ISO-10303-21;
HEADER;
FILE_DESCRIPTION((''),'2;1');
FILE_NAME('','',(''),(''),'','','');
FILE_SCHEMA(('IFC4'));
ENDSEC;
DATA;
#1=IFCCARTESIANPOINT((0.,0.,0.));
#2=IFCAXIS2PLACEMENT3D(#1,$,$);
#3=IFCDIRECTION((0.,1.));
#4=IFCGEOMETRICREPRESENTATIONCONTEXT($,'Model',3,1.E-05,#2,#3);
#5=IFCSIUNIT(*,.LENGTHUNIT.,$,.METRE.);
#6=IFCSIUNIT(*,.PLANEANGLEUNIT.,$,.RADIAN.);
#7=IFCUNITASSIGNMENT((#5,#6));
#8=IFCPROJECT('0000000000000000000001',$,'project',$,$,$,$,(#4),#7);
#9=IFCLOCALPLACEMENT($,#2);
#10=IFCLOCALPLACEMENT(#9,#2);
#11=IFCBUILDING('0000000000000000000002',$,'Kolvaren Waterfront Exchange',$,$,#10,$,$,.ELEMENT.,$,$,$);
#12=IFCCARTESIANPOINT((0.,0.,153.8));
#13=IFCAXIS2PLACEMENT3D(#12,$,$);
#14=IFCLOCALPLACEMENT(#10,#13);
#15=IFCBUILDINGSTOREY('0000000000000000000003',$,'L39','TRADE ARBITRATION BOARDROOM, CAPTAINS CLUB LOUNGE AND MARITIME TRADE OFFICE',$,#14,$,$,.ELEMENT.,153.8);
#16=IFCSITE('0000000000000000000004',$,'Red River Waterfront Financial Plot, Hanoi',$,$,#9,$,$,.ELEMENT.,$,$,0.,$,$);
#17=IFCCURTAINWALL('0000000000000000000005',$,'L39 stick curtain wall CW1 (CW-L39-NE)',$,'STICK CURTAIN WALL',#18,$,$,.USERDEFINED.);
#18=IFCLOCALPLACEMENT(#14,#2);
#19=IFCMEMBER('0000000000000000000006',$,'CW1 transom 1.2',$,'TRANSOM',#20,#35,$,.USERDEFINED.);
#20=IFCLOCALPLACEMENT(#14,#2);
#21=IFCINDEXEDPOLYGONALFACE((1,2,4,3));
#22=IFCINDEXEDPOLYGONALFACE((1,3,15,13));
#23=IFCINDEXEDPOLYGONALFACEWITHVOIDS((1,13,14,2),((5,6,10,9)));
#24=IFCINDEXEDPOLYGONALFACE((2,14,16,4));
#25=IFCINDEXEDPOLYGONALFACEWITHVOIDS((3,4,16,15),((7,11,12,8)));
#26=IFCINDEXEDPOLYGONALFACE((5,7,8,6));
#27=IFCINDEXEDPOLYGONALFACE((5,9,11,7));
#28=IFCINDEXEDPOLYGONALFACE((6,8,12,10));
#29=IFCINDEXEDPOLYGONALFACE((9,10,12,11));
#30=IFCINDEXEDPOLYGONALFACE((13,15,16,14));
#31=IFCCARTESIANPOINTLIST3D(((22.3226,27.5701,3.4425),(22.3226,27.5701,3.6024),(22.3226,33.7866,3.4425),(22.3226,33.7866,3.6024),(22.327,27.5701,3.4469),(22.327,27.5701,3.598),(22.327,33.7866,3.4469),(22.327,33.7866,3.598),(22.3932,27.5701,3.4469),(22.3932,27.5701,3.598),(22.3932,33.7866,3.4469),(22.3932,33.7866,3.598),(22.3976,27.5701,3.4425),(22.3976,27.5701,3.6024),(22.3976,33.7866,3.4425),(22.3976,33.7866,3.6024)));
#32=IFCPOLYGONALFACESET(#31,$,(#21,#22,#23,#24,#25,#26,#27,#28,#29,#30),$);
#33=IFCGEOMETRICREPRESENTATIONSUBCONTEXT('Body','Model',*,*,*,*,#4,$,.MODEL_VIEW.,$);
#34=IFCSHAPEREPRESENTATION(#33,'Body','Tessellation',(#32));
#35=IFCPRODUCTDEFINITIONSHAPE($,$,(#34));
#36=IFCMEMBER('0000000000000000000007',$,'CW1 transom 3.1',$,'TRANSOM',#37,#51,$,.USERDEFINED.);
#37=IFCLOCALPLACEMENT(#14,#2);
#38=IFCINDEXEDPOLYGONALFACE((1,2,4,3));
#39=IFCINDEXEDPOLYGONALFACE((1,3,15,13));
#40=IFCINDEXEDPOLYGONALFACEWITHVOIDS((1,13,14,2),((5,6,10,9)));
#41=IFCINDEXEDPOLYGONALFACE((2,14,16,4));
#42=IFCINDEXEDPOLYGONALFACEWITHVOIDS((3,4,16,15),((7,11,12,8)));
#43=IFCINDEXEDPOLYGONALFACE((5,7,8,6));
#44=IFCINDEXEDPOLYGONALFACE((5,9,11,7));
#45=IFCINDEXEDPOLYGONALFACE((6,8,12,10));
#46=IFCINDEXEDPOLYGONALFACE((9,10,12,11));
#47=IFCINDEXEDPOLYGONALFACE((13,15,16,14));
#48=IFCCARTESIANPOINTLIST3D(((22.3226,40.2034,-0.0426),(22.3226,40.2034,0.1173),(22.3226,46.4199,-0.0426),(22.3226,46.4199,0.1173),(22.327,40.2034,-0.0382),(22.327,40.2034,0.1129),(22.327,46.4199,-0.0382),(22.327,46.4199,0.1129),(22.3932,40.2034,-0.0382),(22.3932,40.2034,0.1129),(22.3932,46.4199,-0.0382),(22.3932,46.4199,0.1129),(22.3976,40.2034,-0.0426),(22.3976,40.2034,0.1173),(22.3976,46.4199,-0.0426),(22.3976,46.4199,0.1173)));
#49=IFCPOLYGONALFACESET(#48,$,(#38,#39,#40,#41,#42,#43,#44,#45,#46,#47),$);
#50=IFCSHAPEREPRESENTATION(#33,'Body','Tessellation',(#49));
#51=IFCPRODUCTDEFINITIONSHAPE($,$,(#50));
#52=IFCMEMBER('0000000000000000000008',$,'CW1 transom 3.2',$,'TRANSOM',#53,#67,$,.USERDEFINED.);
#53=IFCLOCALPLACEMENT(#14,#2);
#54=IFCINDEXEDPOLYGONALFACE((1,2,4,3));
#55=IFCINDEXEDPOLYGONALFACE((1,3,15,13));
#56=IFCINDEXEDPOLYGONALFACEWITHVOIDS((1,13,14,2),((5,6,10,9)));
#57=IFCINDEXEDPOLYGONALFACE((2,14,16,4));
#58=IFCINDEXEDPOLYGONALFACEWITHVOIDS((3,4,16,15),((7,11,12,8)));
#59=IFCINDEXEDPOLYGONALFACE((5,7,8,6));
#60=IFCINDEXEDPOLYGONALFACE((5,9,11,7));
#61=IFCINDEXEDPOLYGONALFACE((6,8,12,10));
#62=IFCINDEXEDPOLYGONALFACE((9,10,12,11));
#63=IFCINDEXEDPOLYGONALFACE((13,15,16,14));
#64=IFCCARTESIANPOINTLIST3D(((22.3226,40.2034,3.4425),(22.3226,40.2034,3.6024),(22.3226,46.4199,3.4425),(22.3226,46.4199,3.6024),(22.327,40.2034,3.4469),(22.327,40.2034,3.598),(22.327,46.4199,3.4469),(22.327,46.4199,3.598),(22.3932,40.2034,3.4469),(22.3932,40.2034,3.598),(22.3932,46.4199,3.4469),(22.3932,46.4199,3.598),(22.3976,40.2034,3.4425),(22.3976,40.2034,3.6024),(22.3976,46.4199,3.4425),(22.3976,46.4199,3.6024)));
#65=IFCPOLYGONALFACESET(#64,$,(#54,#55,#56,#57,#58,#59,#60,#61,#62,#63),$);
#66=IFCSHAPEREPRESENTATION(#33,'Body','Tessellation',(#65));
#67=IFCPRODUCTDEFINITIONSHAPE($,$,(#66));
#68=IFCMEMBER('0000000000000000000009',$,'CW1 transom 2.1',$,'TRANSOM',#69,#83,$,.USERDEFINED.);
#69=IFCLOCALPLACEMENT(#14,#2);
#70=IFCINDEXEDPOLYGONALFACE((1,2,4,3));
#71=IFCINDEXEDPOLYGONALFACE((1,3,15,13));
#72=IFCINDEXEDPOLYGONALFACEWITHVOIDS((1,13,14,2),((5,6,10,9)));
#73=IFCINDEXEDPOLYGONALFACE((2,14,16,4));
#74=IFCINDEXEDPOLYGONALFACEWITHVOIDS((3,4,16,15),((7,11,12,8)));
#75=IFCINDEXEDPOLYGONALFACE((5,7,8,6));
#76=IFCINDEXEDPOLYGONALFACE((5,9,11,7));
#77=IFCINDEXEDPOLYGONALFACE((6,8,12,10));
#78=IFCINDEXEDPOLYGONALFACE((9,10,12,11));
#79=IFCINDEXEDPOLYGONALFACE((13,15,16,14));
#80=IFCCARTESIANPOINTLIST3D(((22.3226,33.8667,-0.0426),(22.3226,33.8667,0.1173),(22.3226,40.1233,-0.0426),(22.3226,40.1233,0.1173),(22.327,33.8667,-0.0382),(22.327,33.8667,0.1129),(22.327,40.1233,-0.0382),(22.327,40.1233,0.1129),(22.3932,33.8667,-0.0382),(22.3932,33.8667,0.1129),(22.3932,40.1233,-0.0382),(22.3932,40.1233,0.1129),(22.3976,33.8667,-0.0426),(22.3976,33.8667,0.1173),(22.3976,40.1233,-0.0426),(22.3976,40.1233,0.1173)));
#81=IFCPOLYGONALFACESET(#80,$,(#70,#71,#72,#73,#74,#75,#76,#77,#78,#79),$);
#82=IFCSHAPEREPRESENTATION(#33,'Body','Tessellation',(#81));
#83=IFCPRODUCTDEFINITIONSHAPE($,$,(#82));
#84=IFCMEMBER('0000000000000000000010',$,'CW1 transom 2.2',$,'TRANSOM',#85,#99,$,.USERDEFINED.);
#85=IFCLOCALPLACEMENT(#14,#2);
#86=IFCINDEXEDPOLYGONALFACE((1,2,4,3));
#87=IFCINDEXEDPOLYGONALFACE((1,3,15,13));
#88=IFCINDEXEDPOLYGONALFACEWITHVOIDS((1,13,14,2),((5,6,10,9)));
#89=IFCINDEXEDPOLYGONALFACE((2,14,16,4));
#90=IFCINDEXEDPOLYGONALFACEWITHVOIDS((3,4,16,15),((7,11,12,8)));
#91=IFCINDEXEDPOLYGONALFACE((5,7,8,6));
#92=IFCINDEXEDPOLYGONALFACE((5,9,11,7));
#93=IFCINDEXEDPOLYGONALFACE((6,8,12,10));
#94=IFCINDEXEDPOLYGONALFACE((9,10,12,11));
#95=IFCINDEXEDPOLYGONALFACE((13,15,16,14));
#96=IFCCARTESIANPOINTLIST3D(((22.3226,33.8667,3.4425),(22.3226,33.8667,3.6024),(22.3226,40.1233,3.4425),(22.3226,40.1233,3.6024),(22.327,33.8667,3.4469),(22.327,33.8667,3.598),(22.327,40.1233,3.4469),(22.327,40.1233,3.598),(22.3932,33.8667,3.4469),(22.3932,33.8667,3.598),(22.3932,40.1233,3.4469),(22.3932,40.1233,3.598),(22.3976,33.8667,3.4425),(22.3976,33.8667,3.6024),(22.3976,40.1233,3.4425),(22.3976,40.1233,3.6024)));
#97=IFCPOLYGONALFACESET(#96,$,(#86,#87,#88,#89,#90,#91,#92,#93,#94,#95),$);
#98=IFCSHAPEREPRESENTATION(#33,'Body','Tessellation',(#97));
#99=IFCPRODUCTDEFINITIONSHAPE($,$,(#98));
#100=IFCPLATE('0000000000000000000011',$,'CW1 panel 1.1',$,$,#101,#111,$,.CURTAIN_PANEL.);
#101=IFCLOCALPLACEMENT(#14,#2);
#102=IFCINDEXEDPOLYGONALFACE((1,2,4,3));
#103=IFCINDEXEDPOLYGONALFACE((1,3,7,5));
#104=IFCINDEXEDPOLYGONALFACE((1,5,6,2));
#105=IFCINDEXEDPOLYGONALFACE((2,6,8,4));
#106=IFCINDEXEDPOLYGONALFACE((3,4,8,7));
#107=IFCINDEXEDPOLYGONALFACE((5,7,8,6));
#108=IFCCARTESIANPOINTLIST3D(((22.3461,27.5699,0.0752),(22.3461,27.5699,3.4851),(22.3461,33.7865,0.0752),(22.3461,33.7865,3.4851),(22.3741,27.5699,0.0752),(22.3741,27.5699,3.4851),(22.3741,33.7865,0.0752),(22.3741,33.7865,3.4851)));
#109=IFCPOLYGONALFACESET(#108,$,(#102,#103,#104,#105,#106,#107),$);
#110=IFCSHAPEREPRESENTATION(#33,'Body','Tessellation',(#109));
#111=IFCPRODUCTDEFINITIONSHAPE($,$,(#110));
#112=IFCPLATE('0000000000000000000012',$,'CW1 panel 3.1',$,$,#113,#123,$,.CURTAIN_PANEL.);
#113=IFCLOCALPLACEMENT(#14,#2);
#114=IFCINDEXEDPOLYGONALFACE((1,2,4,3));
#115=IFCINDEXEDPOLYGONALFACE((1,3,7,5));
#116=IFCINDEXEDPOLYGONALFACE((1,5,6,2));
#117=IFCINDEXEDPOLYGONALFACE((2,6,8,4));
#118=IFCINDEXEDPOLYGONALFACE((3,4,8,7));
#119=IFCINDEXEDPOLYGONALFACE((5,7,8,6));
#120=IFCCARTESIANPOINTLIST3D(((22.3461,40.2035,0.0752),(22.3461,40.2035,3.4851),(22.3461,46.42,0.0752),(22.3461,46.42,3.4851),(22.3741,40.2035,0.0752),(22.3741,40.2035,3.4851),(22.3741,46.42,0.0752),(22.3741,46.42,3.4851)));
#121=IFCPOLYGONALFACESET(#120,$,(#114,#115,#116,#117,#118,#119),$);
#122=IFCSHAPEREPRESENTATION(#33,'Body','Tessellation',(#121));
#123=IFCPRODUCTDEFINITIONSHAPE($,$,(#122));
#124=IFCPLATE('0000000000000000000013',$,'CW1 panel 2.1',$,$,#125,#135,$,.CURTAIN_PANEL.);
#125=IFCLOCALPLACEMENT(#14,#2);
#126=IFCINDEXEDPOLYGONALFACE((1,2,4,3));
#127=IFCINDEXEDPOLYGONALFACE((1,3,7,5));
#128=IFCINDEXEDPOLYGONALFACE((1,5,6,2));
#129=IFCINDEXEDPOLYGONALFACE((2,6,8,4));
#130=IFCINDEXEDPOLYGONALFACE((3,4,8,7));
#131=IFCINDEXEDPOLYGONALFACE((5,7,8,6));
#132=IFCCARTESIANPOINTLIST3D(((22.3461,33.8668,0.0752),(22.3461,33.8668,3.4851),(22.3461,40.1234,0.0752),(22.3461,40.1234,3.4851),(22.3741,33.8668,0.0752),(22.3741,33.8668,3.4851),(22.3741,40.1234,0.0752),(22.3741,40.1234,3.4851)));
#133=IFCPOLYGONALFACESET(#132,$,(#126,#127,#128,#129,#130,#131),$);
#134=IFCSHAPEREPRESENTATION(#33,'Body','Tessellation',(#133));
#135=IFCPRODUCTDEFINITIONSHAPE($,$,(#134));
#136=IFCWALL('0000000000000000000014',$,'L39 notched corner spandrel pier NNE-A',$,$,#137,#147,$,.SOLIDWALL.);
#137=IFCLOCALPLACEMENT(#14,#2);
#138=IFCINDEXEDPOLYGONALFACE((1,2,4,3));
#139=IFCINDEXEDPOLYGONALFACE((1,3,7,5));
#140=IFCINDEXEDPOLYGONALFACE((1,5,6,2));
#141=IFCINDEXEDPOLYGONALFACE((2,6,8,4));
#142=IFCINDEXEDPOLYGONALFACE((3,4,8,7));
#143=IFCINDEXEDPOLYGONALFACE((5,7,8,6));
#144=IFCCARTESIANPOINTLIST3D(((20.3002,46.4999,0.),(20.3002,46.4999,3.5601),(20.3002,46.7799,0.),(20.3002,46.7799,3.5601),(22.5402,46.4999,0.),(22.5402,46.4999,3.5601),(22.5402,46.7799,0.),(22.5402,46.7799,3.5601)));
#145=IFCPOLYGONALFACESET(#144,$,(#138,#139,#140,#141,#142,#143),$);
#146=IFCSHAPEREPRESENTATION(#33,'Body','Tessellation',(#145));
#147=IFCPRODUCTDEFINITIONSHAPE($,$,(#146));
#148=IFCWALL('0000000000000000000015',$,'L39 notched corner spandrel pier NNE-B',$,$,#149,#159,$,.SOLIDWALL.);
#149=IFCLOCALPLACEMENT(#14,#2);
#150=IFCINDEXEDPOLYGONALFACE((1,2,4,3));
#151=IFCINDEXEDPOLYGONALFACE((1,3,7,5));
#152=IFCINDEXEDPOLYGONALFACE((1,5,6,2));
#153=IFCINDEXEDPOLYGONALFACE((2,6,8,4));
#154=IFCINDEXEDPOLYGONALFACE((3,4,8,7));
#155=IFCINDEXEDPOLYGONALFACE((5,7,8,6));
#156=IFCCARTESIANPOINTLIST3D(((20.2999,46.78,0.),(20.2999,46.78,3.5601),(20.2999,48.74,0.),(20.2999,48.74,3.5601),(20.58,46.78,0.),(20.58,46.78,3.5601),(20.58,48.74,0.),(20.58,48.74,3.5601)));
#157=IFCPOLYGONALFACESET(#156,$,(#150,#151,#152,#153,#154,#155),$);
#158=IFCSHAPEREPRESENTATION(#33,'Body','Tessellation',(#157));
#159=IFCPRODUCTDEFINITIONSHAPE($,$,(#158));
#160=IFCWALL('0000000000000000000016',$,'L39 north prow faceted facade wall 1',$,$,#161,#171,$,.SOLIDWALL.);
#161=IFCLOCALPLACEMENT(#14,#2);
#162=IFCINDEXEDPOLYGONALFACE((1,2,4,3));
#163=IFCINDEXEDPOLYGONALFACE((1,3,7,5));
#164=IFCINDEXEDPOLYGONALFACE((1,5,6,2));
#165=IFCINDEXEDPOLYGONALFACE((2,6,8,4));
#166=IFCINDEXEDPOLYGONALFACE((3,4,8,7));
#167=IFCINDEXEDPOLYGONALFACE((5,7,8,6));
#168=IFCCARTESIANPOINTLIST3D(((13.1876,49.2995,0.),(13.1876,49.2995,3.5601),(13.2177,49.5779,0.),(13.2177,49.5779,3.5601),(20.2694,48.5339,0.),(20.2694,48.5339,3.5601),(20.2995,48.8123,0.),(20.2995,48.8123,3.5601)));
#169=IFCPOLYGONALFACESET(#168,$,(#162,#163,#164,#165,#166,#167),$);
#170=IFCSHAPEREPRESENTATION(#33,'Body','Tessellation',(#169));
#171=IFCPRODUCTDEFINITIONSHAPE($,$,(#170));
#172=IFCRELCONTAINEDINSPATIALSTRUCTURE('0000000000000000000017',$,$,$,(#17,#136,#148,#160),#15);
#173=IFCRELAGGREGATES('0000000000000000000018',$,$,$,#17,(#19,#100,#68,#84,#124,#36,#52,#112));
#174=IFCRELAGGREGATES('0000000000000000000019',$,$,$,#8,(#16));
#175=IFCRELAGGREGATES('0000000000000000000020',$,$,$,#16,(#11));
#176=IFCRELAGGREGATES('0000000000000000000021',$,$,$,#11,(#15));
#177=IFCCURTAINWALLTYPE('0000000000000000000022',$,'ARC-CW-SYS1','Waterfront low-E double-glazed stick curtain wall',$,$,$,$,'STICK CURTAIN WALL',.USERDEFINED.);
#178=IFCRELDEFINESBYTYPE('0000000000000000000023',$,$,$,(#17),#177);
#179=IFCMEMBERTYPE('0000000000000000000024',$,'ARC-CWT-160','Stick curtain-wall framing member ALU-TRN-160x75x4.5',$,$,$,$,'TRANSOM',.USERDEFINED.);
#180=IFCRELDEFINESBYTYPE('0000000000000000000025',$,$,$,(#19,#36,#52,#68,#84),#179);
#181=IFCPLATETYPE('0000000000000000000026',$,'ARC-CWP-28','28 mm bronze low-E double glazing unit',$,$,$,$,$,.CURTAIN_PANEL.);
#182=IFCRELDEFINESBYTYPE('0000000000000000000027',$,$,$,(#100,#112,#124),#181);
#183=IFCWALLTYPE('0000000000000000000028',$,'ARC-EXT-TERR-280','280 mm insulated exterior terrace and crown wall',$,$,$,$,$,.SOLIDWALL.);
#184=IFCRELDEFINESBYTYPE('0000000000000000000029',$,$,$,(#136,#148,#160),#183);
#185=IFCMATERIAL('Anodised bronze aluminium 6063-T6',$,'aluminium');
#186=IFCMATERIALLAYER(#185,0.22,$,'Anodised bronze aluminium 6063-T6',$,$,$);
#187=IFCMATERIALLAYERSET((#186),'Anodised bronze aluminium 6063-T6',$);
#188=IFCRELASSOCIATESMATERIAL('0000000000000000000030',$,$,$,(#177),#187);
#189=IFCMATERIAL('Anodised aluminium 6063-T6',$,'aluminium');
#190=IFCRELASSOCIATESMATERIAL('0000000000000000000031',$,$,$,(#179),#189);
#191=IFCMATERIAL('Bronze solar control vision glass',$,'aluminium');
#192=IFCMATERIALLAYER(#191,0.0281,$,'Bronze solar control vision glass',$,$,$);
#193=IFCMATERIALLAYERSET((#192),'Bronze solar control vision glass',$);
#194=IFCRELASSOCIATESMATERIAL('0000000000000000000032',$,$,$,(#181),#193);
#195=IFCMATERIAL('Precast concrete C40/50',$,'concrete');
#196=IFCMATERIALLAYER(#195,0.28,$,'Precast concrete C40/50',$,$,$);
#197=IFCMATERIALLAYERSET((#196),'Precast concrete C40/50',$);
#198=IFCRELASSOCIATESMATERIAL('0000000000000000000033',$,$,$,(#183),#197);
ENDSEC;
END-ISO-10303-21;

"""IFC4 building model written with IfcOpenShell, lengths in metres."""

from ifc_helpers import new_model, si_unit, direction, frame, frame_2d, origin, origin_with_axes, origin_2d, place, context, subcontext, project, spatial, rectangle, hollow_rectangle, extrude, source, transform, mapped, material, layer, layer_set, material_profile, profile_set, type_object, element, aggregate, save


model = new_model("IFC4")

# Units and contexts
model_context = context("Model", 3, precision=1e-05, world=origin(), true_north=direction((0.0, 1.0)))
body_context = subcontext(model_context, "Body", "Model", "MODEL_VIEW")
ifc_project = project(units=[si_unit("LENGTHUNIT", "METRE"), si_unit("PLANEANGLEUNIT", "RADIAN")], contexts=[model_context])

# Site, building, storey
site_placement = place(None, origin())
site = spatial("IfcSite", under=ifc_project, at=site_placement, Name="Red River Waterfront Financial Plot, Hanoi", CompositionType="ELEMENT", RefElevation=0.0)
building_placement = place(site_placement, origin())
building = spatial("IfcBuilding", under=site, at=building_placement, Name="Kolvaren Waterfront Exchange", CompositionType="ELEMENT")
storey_placement = place(building_placement, frame((0.0, 0.0, 153.8)))
storey = spatial("IfcBuildingStorey", under=building, at=storey_placement, Name="L39", Description="TRADE ARBITRATION BOARDROOM, CAPTAINS CLUB LOUNGE AND MARITIME TRADE OFFICE", CompositionType="ELEMENT", Elevation=153.8)

# Curtain wall, members, plates
ifc_material_1 = material(Name="Anodised bronze aluminium 6063-T6", Category="aluminium")
ifc_layer_1 = layer(ifc_material_1, 0.22, Name="Anodised bronze aluminium 6063-T6")
ifc_layer_set_1 = layer_set([ifc_layer_1], Name="Anodised bronze aluminium 6063-T6")
curtain_wall_type = type_object("IfcCurtainWallType", Name="ARC-CW-SYS1", Description="Waterfront low-E double-glazed stick curtain wall", ElementType="STICK CURTAIN WALL", PredefinedType="USERDEFINED", material=ifc_layer_set_1)
curtain_wall_placement = place(storey_placement, origin())
curtain_wall = element("IfcCurtainWall", 1, at=curtain_wall_placement, inside=storey, type_object=curtain_wall_type, Name="L39 stick curtain wall CW1 (CW-L39-NE)", ObjectType="STICK CURTAIN WALL", PredefinedType="USERDEFINED")
ifc_material_2 = material(Name="Anodised aluminium 6063-T6", Category="aluminium")
ifc_material_profile_1 = material_profile(ifc_material_2, hollow_rectangle(XDim=0.075, YDim=0.1599, WallThickness=0.0044, at=origin_2d()), Name="ALU-TRN-160x75x4.5")
ifc_profile_set_1 = profile_set([ifc_material_profile_1], Name="Anodised aluminium 6063-T6")
member_type_1 = type_object("IfcMemberType", Name="ARC-CWT-160", Description="Stick curtain-wall framing member ALU-TRN-160x75x4.5", ElementType="TRANSOM", PredefinedType="USERDEFINED", material=ifc_profile_set_1)
shared_shape_1 = source(origin_with_axes(), body_context, "Body", "SweptSolid", [
    extrude(hollow_rectangle(XDim=0.075, YDim=0.1599, WallThickness=0.0044, at=origin_2d()), origin(), (0.0, 0.0, 1.0), 6.2166),
])
member_1_placement = place(storey_placement, frame((22.3601, 27.5701, 3.5225), z_axis=(0.0, 1.0, 0.0), x_axis=(-1.0, 0.0, 0.0)))
member_1 = element("IfcMember", 2, at=member_1_placement, type_object=member_type_1, Name="CW1 transom 1.2", ObjectType="TRANSOM", PredefinedType="USERDEFINED", context=body_context, shape_type="MappedRepresentation", body=[
    mapped(shared_shape_1, transform((0.0, 0.0, 0.0), x_axis=(1.0, 0.0, 0.0), y_axis=(0.0, 1.0, 0.0), z_axis=(0.0, 0.0, 1.0), scale=1.0)),
])
member_2_placement = place(storey_placement, frame((22.3601, 40.2034, 0.0374), z_axis=(0.0, 1.0, 0.0), x_axis=(-1.0, 0.0, 0.0)))
member_2 = element("IfcMember", 3, at=member_2_placement, type_object=member_type_1, Name="CW1 transom 3.1", ObjectType="TRANSOM", PredefinedType="USERDEFINED", context=body_context, shape_type="MappedRepresentation", body=[
    mapped(shared_shape_1, transform((0.0, 0.0, 0.0), x_axis=(1.0, 0.0, 0.0), y_axis=(0.0, 1.0, 0.0), z_axis=(0.0, 0.0, 1.0), scale=1.0)),
])
member_3_placement = place(storey_placement, frame((22.3601, 40.2034, 3.5225), z_axis=(0.0, 1.0, 0.0), x_axis=(-1.0, 0.0, 0.0)))
member_3 = element("IfcMember", 4, at=member_3_placement, type_object=member_type_1, Name="CW1 transom 3.2", ObjectType="TRANSOM", PredefinedType="USERDEFINED", context=body_context, shape_type="MappedRepresentation", body=[
    mapped(shared_shape_1, transform((0.0, 0.0, 0.0), x_axis=(1.0, 0.0, 0.0), y_axis=(0.0, 1.0, 0.0), z_axis=(0.0, 0.0, 1.0), scale=1.0)),
])
shared_shape_2 = source(origin_with_axes(), body_context, "Body", "SweptSolid", [
    extrude(hollow_rectangle(XDim=0.075, YDim=0.1599, WallThickness=0.0044, at=origin_2d()), origin(), (0.0, 0.0, 1.0), 6.2566),
])
member_4_placement = place(storey_placement, frame((22.3601, 33.8667, 0.0374), z_axis=(0.0, 1.0, 0.0), x_axis=(-1.0, 0.0, 0.0)))
member_4 = element("IfcMember", 5, at=member_4_placement, type_object=member_type_1, Name="CW1 transom 2.1", ObjectType="TRANSOM", PredefinedType="USERDEFINED", context=body_context, shape_type="MappedRepresentation", body=[
    mapped(shared_shape_2, transform((0.0, 0.0, 0.0), x_axis=(1.0, 0.0, 0.0), y_axis=(0.0, 1.0, 0.0), z_axis=(0.0, 0.0, 1.0), scale=1.0)),
])
member_5_placement = place(storey_placement, frame((22.3601, 33.8667, 3.5225), z_axis=(0.0, 1.0, 0.0), x_axis=(-1.0, 0.0, 0.0)))
member_5 = element("IfcMember", 6, at=member_5_placement, type_object=member_type_1, Name="CW1 transom 2.2", ObjectType="TRANSOM", PredefinedType="USERDEFINED", context=body_context, shape_type="MappedRepresentation", body=[
    mapped(shared_shape_2, transform((0.0, 0.0, 0.0), x_axis=(1.0, 0.0, 0.0), y_axis=(0.0, 1.0, 0.0), z_axis=(0.0, 0.0, 1.0), scale=1.0)),
])
ifc_material_3 = material(Name="Bronze solar control vision glass", Category="aluminium")
ifc_layer_2 = layer(ifc_material_3, 0.0281, Name="Bronze solar control vision glass")
ifc_layer_set_2 = layer_set([ifc_layer_2], Name="Bronze solar control vision glass")
plate_type = type_object("IfcPlateType", Name="ARC-CWP-28", Description="28 mm bronze low-E double glazing unit", PredefinedType="CURTAIN_PANEL", material=ifc_layer_set_2)
shared_shape_3 = source(origin_with_axes(), body_context, "Body", "SweptSolid", [
    extrude(rectangle(XDim=6.2166, YDim=0.0281, at=origin_2d()), origin(), (0.0, 0.0, 1.0), 3.4099),
])
plate_1_placement = place(storey_placement, frame((22.3601, 30.6782, 0.0752), z_axis=(0.0, 0.0, 1.0), x_axis=(0.0, 1.0, 0.0)))
plate_1 = element("IfcPlate", 7, at=plate_1_placement, type_object=plate_type, Name="CW1 panel 1.1", PredefinedType="CURTAIN_PANEL", context=body_context, shape_type="MappedRepresentation", body=[
    mapped(shared_shape_3, transform((0.0, 0.0, 0.0), x_axis=(1.0, 0.0, 0.0), y_axis=(0.0, 1.0, 0.0), z_axis=(0.0, 0.0, 1.0), scale=1.0)),
])
plate_2_placement = place(storey_placement, frame((22.3601, 43.3118, 0.0752), z_axis=(0.0, 0.0, 1.0), x_axis=(0.0, 1.0, 0.0)))
plate_2 = element("IfcPlate", 8, at=plate_2_placement, type_object=plate_type, Name="CW1 panel 3.1", PredefinedType="CURTAIN_PANEL", context=body_context, shape_type="MappedRepresentation", body=[
    mapped(shared_shape_3, transform((0.0, 0.0, 0.0), x_axis=(1.0, 0.0, 0.0), y_axis=(0.0, 1.0, 0.0), z_axis=(0.0, 0.0, 1.0), scale=1.0)),
])
shared_shape_4 = source(origin_with_axes(), body_context, "Body", "SweptSolid", [
    extrude(rectangle(XDim=6.2566, YDim=0.0281, at=origin_2d()), origin(), (0.0, 0.0, 1.0), 3.4099),
])
plate_3_placement = place(storey_placement, frame((22.3601, 36.9951, 0.0752), z_axis=(0.0, 0.0, 1.0), x_axis=(0.0, 1.0, 0.0)))
plate_3 = element("IfcPlate", 9, at=plate_3_placement, type_object=plate_type, Name="CW1 panel 2.1", PredefinedType="CURTAIN_PANEL", context=body_context, shape_type="MappedRepresentation", body=[
    mapped(shared_shape_4, transform((0.0, 0.0, 0.0), x_axis=(1.0, 0.0, 0.0), y_axis=(0.0, 1.0, 0.0), z_axis=(0.0, 0.0, 1.0), scale=1.0)),
])
aggregate(curtain_wall, [member_1, plate_1, member_4, member_5, plate_3, member_2, member_3, plate_2])

# Walls
ifc_material_4 = material(Name="Precast concrete C40/50", Category="concrete")
ifc_layer_3 = layer(ifc_material_4, 0.28, Name="Precast concrete C40/50")
ifc_layer_set_3 = layer_set([ifc_layer_3], Name="Precast concrete C40/50")
wall_type = type_object("IfcWallType", Name="ARC-EXT-TERR-280", Description="280 mm insulated exterior terrace and crown wall", PredefinedType="SOLIDWALL", material=ifc_layer_set_3)
wall_1_placement = place(storey_placement, frame((20.3, 46.6399, 0.0), z_axis=(0.0, 0.0, 1.0), x_axis=(1.0, 0.0, 0.0)))
element("IfcWall", 10, at=wall_1_placement, inside=storey, type_object=wall_type, Name="L39 notched corner spandrel pier NNE-A", PredefinedType="SOLIDWALL", context=body_context, shape_type="SweptSolid", body=[
    extrude(rectangle(XDim=2.24, YDim=0.28, at=frame_2d((1.1201, 0.0))), origin(), (0.0, 0.0, 1.0), 3.5601),
])
wall_2_placement = place(storey_placement, frame((20.4399, 46.78, 0.0), z_axis=(0.0, 0.0, 1.0), x_axis=(0.0, 1.0, 0.0)))
element("IfcWall", 11, at=wall_2_placement, inside=storey, type_object=wall_type, Name="L39 notched corner spandrel pier NNE-B", PredefinedType="SOLIDWALL", context=body_context, shape_type="SweptSolid", body=[
    extrude(rectangle(XDim=1.96, YDim=0.28, at=frame_2d((0.98, 0.0))), origin(), (0.0, 0.0, 1.0), 3.5601),
])
wall_3_placement = place(storey_placement, frame((20.2844, 48.6731, 0.0), z_axis=(0.0, 0.0, 1.0), x_axis=(-0.994207, 0.107486, 0.0)))
element("IfcWall", 12, at=wall_3_placement, inside=storey, type_object=wall_type, Name="L39 north prow faceted facade wall 1", PredefinedType="SOLIDWALL", context=body_context, shape_type="SweptSolid", body=[
    extrude(rectangle(XDim=7.123, YDim=0.28, at=frame_2d((3.5615, 0.0))), origin(), (0.0, 0.0, 1.0), 3.5601),
])

save(model, "model.ifc")
